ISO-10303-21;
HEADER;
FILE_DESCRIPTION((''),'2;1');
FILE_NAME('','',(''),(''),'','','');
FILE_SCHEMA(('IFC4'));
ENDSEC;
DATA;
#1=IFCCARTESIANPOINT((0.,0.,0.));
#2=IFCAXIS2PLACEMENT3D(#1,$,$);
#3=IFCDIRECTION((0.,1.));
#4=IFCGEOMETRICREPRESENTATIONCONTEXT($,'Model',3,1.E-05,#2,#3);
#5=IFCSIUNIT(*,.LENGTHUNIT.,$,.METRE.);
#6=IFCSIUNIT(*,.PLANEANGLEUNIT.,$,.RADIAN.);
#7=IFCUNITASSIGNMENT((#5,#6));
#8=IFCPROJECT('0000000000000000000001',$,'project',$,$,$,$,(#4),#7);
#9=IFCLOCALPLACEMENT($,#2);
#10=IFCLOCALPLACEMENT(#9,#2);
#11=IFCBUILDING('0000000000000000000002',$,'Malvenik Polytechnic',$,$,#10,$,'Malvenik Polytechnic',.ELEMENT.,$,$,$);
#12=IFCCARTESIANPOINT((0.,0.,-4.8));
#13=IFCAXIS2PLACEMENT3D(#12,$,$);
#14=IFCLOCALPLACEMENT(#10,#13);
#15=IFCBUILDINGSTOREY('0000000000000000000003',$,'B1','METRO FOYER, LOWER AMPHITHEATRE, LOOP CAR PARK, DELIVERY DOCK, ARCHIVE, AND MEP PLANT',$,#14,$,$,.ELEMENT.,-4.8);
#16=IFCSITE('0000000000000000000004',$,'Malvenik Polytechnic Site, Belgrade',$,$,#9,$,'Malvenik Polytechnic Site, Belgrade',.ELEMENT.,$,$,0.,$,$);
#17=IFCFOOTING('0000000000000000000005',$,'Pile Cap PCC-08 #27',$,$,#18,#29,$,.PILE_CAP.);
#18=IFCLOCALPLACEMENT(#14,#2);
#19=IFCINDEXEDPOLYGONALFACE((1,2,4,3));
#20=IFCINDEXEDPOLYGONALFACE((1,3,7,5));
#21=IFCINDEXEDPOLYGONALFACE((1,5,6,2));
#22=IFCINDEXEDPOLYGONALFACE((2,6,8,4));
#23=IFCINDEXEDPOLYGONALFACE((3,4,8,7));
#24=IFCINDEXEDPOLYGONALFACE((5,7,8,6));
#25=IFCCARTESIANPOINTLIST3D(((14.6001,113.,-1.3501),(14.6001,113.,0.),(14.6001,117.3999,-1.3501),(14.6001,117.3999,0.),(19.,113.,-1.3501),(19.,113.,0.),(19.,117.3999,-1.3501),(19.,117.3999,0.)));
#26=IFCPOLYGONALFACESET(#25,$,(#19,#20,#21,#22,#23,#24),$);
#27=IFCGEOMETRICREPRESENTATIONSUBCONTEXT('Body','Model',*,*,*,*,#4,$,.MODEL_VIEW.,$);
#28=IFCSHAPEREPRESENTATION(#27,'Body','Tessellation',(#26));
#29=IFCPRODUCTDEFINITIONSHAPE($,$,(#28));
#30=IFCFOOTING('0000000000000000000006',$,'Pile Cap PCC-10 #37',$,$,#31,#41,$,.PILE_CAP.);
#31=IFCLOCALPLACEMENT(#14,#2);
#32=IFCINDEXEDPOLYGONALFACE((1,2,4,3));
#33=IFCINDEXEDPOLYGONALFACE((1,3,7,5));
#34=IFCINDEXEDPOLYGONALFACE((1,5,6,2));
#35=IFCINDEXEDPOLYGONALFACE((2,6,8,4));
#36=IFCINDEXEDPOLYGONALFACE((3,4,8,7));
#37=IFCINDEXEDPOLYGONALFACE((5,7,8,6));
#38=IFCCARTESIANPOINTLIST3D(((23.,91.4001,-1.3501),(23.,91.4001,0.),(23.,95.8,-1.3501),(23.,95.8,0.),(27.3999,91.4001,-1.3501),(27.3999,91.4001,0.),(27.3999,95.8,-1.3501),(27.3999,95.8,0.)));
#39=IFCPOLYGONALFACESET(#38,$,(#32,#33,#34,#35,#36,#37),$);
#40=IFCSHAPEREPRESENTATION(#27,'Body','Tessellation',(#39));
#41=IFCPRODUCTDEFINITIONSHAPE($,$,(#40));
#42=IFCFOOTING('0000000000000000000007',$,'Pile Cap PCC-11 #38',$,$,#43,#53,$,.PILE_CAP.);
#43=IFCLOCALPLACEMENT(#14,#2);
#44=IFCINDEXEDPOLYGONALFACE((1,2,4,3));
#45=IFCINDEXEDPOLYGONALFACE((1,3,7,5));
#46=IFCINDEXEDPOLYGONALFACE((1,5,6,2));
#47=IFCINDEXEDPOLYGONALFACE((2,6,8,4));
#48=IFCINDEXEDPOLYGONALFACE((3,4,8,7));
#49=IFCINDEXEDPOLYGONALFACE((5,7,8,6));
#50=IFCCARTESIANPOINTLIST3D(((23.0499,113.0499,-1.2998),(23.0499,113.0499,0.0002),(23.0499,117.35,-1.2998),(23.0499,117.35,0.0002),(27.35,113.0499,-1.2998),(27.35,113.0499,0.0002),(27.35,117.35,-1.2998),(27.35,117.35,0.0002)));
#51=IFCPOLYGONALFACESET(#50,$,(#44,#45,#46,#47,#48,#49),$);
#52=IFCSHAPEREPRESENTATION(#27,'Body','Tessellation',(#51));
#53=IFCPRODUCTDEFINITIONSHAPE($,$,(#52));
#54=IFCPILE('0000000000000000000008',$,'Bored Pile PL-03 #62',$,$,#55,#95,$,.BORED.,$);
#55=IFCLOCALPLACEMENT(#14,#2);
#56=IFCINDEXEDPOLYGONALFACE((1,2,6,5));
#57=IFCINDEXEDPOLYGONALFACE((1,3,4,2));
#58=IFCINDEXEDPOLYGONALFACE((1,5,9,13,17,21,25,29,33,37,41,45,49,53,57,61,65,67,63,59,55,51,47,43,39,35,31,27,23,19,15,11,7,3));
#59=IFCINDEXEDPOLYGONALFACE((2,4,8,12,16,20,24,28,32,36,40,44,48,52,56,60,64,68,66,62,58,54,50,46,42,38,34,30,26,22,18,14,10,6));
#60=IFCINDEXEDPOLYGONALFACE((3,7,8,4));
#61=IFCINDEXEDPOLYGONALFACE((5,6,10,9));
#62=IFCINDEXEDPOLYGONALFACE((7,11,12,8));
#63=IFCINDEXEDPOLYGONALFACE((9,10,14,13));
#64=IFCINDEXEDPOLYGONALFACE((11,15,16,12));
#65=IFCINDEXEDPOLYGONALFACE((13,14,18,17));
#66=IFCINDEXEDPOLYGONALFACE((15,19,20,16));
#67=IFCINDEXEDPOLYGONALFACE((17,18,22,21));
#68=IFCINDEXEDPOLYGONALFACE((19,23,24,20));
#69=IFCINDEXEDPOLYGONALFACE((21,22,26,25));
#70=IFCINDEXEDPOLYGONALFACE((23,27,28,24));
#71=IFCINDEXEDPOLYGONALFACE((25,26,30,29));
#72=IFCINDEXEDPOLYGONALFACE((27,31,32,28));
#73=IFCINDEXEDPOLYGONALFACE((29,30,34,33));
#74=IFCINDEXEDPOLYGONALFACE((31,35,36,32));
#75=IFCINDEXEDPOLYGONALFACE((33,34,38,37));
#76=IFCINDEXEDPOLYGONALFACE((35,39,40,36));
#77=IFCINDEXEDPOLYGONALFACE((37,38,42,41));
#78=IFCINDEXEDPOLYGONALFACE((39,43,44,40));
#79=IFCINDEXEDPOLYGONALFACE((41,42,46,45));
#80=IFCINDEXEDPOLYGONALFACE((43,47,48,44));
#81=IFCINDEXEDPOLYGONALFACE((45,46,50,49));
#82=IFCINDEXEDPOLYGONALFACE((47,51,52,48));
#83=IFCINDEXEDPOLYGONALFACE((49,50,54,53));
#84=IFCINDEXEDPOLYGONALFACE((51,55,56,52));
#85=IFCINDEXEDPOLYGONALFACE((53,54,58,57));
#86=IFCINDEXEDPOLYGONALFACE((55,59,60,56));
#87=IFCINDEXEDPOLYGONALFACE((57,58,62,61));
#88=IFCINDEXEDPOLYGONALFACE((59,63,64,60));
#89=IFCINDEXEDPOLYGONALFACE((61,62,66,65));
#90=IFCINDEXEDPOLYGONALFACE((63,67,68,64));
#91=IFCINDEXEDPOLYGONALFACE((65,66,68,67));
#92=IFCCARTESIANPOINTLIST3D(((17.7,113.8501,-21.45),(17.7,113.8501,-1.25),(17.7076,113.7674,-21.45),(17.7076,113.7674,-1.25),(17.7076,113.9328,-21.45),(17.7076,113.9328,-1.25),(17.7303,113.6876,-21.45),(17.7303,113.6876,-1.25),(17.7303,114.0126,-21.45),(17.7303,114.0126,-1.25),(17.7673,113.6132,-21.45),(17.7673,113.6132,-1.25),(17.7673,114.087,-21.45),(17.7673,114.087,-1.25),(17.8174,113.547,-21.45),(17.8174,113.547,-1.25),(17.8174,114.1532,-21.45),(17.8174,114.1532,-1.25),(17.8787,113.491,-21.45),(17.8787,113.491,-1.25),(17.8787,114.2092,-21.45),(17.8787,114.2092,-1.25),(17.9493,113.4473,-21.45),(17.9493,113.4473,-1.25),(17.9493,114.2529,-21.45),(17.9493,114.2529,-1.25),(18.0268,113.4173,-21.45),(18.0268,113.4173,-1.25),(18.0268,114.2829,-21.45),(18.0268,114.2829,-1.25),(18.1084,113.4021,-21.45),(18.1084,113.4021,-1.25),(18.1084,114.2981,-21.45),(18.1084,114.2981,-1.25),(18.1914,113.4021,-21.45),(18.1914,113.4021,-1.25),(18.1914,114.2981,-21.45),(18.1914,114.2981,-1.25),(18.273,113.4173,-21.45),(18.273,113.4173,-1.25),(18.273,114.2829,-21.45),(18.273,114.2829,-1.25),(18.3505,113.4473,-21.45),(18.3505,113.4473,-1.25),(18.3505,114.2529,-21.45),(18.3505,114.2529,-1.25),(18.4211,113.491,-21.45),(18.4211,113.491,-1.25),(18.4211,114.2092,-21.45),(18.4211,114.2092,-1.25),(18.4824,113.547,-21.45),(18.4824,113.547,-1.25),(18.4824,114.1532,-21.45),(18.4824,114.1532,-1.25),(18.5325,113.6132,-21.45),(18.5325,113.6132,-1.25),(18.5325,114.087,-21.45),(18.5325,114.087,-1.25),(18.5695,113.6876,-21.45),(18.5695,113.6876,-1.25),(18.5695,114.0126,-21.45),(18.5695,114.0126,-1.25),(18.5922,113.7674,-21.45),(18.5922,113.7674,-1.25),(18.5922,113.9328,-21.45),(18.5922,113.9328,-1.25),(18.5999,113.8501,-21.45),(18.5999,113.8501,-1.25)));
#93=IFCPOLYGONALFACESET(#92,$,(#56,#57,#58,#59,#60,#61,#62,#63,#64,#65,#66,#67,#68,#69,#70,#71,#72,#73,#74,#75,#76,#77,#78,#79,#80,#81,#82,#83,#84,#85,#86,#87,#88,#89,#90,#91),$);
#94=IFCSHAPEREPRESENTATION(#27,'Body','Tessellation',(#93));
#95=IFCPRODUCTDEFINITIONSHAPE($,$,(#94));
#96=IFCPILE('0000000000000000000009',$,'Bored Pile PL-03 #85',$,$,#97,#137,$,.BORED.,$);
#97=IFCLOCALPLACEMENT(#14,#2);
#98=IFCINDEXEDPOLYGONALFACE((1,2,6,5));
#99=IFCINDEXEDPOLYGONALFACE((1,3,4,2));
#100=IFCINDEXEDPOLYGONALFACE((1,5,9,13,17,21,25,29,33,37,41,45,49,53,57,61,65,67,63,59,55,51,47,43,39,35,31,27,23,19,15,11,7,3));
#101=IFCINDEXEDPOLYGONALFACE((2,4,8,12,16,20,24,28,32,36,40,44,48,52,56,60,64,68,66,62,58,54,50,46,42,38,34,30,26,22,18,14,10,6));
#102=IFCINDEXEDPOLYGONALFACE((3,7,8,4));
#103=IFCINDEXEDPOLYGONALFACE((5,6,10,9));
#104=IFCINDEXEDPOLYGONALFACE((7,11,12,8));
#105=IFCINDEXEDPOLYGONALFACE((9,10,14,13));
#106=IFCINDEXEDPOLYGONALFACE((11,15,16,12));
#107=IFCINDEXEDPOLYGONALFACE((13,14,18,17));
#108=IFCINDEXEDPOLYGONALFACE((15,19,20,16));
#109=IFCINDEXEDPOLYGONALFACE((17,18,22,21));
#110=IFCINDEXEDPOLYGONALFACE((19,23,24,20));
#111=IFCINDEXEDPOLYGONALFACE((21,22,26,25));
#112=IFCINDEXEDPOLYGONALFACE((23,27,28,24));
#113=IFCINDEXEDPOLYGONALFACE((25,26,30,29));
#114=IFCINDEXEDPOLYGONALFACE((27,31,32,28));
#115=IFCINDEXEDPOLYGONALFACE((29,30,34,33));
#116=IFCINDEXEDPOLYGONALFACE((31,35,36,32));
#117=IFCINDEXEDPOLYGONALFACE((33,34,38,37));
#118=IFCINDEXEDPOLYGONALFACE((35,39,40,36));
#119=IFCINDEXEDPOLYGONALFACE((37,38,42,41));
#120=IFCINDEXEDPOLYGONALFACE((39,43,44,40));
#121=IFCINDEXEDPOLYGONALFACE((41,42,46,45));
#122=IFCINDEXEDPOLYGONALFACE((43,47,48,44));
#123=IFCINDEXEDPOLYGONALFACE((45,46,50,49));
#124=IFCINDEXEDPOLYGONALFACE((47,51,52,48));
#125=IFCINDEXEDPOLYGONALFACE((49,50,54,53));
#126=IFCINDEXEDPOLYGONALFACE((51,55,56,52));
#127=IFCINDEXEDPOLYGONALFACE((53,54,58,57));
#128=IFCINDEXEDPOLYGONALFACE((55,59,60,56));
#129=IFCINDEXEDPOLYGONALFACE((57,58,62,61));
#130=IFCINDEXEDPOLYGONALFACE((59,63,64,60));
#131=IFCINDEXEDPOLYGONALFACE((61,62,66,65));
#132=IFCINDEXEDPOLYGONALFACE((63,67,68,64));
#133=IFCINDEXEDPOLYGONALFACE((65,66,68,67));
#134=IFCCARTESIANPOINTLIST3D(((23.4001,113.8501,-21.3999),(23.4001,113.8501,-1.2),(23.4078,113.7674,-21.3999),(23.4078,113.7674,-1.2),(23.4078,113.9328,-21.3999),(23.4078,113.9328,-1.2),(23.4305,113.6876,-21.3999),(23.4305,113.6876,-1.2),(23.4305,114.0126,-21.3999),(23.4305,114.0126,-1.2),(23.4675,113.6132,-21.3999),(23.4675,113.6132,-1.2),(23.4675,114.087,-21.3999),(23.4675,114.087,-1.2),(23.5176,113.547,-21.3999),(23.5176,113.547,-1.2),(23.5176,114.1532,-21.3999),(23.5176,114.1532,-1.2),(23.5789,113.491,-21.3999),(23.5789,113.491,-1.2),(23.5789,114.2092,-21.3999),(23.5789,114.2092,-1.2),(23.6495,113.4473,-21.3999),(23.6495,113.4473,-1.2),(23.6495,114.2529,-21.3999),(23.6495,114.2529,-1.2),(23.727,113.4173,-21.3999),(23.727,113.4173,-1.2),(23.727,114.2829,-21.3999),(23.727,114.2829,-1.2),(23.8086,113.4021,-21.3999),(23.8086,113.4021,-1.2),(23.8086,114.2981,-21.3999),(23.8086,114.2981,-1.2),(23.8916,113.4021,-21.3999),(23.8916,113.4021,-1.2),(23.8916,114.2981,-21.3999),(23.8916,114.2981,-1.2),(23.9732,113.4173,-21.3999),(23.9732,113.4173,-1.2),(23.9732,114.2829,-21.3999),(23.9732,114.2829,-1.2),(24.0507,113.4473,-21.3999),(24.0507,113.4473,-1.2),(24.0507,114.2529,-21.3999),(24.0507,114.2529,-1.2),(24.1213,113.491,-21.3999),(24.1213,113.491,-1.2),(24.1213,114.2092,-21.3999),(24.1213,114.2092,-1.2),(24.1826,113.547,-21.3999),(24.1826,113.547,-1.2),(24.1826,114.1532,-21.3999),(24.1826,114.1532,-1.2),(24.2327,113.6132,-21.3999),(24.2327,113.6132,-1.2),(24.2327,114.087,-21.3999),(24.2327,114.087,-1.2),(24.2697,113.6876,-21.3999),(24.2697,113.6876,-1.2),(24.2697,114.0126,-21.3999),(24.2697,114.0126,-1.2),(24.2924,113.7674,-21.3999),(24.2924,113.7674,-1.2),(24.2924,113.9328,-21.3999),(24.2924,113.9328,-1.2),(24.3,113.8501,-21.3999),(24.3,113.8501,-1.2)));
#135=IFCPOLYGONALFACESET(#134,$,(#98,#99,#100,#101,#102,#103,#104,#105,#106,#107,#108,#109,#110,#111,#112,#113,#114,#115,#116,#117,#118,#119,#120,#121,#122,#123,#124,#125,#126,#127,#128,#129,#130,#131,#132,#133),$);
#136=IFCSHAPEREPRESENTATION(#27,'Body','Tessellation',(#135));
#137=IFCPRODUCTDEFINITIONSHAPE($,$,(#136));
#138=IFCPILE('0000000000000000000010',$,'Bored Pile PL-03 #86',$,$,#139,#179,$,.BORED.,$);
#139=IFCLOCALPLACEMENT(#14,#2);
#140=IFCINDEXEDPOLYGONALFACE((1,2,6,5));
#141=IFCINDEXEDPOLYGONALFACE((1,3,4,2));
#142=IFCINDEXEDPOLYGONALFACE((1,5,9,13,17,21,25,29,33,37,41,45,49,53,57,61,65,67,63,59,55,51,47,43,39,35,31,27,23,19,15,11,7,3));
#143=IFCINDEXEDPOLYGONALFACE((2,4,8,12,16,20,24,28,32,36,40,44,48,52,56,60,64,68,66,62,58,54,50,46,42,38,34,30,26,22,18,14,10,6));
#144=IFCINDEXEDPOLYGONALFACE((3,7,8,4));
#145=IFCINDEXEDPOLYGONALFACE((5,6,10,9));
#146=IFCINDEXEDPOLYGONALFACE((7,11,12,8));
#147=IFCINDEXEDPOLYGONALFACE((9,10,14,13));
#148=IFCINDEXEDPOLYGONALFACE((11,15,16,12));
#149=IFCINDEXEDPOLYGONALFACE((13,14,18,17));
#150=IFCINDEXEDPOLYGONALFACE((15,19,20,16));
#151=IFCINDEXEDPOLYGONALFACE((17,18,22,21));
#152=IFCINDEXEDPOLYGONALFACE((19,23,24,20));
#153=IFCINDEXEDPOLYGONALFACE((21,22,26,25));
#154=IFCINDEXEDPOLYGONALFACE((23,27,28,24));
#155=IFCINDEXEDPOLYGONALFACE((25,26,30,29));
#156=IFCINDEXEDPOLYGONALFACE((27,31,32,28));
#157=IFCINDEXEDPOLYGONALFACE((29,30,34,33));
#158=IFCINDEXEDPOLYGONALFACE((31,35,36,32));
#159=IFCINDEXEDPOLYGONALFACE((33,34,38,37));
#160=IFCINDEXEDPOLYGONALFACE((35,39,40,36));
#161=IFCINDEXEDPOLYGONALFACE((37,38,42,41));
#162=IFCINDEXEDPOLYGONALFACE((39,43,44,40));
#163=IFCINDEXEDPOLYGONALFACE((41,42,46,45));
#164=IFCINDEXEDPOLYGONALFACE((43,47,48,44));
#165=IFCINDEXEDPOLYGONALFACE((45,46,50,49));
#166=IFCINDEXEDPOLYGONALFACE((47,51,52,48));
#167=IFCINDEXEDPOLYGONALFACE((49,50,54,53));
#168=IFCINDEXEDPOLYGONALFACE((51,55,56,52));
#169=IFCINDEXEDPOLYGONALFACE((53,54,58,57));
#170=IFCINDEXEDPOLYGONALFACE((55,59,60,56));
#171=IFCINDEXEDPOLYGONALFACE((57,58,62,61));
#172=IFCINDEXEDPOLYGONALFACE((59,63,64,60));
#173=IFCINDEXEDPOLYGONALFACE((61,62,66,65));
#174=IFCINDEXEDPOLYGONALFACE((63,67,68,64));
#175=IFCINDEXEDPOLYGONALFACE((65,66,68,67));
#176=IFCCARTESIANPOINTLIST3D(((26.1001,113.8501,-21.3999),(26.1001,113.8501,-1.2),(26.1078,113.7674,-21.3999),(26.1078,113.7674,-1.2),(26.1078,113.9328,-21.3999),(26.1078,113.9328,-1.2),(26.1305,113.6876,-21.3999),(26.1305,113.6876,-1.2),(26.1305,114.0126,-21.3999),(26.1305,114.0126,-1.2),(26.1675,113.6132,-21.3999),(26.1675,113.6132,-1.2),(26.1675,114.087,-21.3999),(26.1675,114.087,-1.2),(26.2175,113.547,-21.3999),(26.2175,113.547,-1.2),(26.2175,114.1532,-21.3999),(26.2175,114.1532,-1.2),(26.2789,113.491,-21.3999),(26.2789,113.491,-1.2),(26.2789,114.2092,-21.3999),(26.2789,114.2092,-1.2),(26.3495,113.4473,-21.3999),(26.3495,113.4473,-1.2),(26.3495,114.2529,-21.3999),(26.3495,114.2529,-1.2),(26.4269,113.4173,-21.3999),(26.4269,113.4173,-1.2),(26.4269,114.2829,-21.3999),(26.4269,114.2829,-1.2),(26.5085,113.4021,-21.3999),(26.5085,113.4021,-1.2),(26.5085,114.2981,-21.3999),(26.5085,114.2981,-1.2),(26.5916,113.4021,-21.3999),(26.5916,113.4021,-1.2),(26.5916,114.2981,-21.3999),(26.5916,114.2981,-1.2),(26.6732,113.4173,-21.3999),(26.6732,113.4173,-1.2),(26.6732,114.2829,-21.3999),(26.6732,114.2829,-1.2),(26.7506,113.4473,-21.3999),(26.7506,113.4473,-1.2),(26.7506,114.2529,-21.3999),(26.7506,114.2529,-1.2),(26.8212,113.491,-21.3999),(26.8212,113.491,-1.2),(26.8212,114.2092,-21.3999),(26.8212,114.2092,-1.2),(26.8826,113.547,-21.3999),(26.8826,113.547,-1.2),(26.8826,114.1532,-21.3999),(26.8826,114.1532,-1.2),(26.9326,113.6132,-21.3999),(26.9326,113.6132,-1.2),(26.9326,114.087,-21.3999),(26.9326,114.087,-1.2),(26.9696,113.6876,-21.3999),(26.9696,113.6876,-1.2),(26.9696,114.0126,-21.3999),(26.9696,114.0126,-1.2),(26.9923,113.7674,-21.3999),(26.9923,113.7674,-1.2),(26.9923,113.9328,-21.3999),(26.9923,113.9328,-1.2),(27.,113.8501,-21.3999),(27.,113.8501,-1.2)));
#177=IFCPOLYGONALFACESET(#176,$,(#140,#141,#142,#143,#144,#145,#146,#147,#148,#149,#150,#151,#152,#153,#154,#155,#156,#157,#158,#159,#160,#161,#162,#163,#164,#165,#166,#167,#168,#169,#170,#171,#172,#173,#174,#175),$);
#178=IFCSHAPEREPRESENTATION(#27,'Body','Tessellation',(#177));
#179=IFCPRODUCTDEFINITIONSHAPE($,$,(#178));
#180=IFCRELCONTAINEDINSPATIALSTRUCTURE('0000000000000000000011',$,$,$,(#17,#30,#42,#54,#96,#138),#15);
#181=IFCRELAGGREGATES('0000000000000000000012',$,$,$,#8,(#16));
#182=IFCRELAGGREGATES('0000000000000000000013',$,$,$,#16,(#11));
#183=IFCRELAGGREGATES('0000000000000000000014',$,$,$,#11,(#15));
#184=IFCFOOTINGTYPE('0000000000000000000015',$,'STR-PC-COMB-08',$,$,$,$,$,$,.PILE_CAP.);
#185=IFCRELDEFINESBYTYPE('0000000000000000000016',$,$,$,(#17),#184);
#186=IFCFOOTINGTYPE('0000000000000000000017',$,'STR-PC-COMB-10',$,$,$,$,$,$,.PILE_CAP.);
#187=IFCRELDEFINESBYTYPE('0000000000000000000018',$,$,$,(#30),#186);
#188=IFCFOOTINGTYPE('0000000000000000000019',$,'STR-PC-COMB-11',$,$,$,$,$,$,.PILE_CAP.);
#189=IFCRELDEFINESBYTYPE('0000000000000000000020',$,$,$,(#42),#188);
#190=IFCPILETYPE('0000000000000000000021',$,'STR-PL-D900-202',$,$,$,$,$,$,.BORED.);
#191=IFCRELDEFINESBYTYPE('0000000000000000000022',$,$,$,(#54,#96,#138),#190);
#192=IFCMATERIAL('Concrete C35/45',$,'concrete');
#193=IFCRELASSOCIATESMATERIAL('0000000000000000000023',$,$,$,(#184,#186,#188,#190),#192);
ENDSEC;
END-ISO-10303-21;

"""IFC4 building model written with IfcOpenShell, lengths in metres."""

from ifc_helpers import new_model, si_unit, direction, frame, origin, origin_2d, place, context, subcontext, project, spatial, rectangle, circle, extrude, material, material_profile, profile_set, type_object, element, save


model = new_model("IFC4")

# Units and contexts
model_context = context("Model", 3, precision=1e-05, world=origin(), true_north=direction((0.0, 1.0)))
body_context = subcontext(model_context, "Body", "Model", "MODEL_VIEW")
ifc_project = project(units=[si_unit("LENGTHUNIT", "METRE"), si_unit("PLANEANGLEUNIT", "RADIAN")], contexts=[model_context])

# Site, building, storey
site_placement = place(None, origin())
site = spatial("IfcSite", under=ifc_project, at=site_placement, Name="Malvenik Polytechnic Site, Belgrade", LongName="Malvenik Polytechnic Site, Belgrade", CompositionType="ELEMENT", RefElevation=0.0)
building_placement = place(site_placement, origin())
building = spatial("IfcBuilding", under=site, at=building_placement, Name="Malvenik Polytechnic", LongName="Malvenik Polytechnic", CompositionType="ELEMENT")
storey_placement = place(building_placement, frame((0.0, 0.0, -4.8)))
storey = spatial("IfcBuildingStorey", under=building, at=storey_placement, Name="B1", Description="METRO FOYER, LOWER AMPHITHEATRE, LOOP CAR PARK, DELIVERY DOCK, ARCHIVE, AND MEP PLANT", CompositionType="ELEMENT", Elevation=-4.8)

# Footings
ifc_material_1 = material(Name="Concrete C35/45", Category="concrete")
footing_type_1 = type_object("IfcFootingType", Name="STR-PC-COMB-08", PredefinedType="PILE_CAP", material=ifc_material_1)
footing_1_placement = place(storey_placement, frame((16.8, 115.2, -1.3501), z_axis=(0.0, 0.0, 1.0), x_axis=(1.0, 0.0, 0.0)))
element("IfcFooting", 1, at=footing_1_placement, inside=storey, type_object=footing_type_1, Name="Pile Cap PCC-08 #27", PredefinedType="PILE_CAP", context=body_context, shape_type="SweptSolid", body=[
    extrude(rectangle(XDim=4.3999, YDim=4.3999, at=origin_2d()), origin(), (0.0, 0.0, 1.0), 1.3501),
])
footing_type_2 = type_object("IfcFootingType", Name="STR-PC-COMB-10", PredefinedType="PILE_CAP", material=ifc_material_1)
footing_2_placement = place(storey_placement, frame((25.2, 93.6001, -1.3501), z_axis=(0.0, 0.0, 1.0), x_axis=(1.0, 0.0, 0.0)))
element("IfcFooting", 2, at=footing_2_placement, inside=storey, type_object=footing_type_2, Name="Pile Cap PCC-10 #37", PredefinedType="PILE_CAP", context=body_context, shape_type="SweptSolid", body=[
    extrude(rectangle(XDim=4.3999, YDim=4.3999, at=origin_2d()), origin(), (0.0, 0.0, 1.0), 1.3501),
])
footing_type_3 = type_object("IfcFootingType", Name="STR-PC-COMB-11", PredefinedType="PILE_CAP", material=ifc_material_1)
footing_3_placement = place(storey_placement, frame((25.2, 115.2, -1.2998), z_axis=(0.0, 0.0, 1.0), x_axis=(1.0, 0.0, 0.0)))
element("IfcFooting", 3, at=footing_3_placement, inside=storey, type_object=footing_type_3, Name="Pile Cap PCC-11 #38", PredefinedType="PILE_CAP", context=body_context, shape_type="SweptSolid", body=[
    extrude(rectangle(XDim=4.3, YDim=4.3, at=origin_2d()), origin(), (0.0, 0.0, 1.0), 1.3),
])

# Piles
ifc_material_profile_1 = material_profile(ifc_material_1, circle(Radius=0.45, at=origin_2d()), Name="BORED PILE D900")
ifc_profile_set_1 = profile_set([ifc_material_profile_1], Name="Concrete C35/45")
pile_type = type_object("IfcPileType", Name="STR-PL-D900-202", PredefinedType="BORED", material=ifc_profile_set_1)
for number, where, z_axis, x_axis, name in (
    (4, (18.1499, 113.8501, -1.25), (0.0, 0.0, -1.0), (1.0, 0.0, 0.0), "Bored Pile PL-03 #62"),
    (5, (23.8501, 113.8501, -1.2), (0.0, 0.0, -1.0), (1.0, 0.0, 0.0), "Bored Pile PL-03 #85"),
    (6, (26.55, 113.8501, -1.2), (0.0, 0.0, -1.0), (1.0, 0.0, 0.0), "Bored Pile PL-03 #86"),
):
    element("IfcPile", number, at=place(storey_placement, frame(where, z_axis=z_axis, x_axis=x_axis)), inside=storey, type_object=pile_type, Name=name, PredefinedType="BORED", context=body_context, shape_type="SweptSolid", body=[
        extrude(circle(Radius=0.45, at=origin_2d()), origin(), (0.0, 0.0, 1.0), 20.2),
    ])

save(model, "model.ifc")
